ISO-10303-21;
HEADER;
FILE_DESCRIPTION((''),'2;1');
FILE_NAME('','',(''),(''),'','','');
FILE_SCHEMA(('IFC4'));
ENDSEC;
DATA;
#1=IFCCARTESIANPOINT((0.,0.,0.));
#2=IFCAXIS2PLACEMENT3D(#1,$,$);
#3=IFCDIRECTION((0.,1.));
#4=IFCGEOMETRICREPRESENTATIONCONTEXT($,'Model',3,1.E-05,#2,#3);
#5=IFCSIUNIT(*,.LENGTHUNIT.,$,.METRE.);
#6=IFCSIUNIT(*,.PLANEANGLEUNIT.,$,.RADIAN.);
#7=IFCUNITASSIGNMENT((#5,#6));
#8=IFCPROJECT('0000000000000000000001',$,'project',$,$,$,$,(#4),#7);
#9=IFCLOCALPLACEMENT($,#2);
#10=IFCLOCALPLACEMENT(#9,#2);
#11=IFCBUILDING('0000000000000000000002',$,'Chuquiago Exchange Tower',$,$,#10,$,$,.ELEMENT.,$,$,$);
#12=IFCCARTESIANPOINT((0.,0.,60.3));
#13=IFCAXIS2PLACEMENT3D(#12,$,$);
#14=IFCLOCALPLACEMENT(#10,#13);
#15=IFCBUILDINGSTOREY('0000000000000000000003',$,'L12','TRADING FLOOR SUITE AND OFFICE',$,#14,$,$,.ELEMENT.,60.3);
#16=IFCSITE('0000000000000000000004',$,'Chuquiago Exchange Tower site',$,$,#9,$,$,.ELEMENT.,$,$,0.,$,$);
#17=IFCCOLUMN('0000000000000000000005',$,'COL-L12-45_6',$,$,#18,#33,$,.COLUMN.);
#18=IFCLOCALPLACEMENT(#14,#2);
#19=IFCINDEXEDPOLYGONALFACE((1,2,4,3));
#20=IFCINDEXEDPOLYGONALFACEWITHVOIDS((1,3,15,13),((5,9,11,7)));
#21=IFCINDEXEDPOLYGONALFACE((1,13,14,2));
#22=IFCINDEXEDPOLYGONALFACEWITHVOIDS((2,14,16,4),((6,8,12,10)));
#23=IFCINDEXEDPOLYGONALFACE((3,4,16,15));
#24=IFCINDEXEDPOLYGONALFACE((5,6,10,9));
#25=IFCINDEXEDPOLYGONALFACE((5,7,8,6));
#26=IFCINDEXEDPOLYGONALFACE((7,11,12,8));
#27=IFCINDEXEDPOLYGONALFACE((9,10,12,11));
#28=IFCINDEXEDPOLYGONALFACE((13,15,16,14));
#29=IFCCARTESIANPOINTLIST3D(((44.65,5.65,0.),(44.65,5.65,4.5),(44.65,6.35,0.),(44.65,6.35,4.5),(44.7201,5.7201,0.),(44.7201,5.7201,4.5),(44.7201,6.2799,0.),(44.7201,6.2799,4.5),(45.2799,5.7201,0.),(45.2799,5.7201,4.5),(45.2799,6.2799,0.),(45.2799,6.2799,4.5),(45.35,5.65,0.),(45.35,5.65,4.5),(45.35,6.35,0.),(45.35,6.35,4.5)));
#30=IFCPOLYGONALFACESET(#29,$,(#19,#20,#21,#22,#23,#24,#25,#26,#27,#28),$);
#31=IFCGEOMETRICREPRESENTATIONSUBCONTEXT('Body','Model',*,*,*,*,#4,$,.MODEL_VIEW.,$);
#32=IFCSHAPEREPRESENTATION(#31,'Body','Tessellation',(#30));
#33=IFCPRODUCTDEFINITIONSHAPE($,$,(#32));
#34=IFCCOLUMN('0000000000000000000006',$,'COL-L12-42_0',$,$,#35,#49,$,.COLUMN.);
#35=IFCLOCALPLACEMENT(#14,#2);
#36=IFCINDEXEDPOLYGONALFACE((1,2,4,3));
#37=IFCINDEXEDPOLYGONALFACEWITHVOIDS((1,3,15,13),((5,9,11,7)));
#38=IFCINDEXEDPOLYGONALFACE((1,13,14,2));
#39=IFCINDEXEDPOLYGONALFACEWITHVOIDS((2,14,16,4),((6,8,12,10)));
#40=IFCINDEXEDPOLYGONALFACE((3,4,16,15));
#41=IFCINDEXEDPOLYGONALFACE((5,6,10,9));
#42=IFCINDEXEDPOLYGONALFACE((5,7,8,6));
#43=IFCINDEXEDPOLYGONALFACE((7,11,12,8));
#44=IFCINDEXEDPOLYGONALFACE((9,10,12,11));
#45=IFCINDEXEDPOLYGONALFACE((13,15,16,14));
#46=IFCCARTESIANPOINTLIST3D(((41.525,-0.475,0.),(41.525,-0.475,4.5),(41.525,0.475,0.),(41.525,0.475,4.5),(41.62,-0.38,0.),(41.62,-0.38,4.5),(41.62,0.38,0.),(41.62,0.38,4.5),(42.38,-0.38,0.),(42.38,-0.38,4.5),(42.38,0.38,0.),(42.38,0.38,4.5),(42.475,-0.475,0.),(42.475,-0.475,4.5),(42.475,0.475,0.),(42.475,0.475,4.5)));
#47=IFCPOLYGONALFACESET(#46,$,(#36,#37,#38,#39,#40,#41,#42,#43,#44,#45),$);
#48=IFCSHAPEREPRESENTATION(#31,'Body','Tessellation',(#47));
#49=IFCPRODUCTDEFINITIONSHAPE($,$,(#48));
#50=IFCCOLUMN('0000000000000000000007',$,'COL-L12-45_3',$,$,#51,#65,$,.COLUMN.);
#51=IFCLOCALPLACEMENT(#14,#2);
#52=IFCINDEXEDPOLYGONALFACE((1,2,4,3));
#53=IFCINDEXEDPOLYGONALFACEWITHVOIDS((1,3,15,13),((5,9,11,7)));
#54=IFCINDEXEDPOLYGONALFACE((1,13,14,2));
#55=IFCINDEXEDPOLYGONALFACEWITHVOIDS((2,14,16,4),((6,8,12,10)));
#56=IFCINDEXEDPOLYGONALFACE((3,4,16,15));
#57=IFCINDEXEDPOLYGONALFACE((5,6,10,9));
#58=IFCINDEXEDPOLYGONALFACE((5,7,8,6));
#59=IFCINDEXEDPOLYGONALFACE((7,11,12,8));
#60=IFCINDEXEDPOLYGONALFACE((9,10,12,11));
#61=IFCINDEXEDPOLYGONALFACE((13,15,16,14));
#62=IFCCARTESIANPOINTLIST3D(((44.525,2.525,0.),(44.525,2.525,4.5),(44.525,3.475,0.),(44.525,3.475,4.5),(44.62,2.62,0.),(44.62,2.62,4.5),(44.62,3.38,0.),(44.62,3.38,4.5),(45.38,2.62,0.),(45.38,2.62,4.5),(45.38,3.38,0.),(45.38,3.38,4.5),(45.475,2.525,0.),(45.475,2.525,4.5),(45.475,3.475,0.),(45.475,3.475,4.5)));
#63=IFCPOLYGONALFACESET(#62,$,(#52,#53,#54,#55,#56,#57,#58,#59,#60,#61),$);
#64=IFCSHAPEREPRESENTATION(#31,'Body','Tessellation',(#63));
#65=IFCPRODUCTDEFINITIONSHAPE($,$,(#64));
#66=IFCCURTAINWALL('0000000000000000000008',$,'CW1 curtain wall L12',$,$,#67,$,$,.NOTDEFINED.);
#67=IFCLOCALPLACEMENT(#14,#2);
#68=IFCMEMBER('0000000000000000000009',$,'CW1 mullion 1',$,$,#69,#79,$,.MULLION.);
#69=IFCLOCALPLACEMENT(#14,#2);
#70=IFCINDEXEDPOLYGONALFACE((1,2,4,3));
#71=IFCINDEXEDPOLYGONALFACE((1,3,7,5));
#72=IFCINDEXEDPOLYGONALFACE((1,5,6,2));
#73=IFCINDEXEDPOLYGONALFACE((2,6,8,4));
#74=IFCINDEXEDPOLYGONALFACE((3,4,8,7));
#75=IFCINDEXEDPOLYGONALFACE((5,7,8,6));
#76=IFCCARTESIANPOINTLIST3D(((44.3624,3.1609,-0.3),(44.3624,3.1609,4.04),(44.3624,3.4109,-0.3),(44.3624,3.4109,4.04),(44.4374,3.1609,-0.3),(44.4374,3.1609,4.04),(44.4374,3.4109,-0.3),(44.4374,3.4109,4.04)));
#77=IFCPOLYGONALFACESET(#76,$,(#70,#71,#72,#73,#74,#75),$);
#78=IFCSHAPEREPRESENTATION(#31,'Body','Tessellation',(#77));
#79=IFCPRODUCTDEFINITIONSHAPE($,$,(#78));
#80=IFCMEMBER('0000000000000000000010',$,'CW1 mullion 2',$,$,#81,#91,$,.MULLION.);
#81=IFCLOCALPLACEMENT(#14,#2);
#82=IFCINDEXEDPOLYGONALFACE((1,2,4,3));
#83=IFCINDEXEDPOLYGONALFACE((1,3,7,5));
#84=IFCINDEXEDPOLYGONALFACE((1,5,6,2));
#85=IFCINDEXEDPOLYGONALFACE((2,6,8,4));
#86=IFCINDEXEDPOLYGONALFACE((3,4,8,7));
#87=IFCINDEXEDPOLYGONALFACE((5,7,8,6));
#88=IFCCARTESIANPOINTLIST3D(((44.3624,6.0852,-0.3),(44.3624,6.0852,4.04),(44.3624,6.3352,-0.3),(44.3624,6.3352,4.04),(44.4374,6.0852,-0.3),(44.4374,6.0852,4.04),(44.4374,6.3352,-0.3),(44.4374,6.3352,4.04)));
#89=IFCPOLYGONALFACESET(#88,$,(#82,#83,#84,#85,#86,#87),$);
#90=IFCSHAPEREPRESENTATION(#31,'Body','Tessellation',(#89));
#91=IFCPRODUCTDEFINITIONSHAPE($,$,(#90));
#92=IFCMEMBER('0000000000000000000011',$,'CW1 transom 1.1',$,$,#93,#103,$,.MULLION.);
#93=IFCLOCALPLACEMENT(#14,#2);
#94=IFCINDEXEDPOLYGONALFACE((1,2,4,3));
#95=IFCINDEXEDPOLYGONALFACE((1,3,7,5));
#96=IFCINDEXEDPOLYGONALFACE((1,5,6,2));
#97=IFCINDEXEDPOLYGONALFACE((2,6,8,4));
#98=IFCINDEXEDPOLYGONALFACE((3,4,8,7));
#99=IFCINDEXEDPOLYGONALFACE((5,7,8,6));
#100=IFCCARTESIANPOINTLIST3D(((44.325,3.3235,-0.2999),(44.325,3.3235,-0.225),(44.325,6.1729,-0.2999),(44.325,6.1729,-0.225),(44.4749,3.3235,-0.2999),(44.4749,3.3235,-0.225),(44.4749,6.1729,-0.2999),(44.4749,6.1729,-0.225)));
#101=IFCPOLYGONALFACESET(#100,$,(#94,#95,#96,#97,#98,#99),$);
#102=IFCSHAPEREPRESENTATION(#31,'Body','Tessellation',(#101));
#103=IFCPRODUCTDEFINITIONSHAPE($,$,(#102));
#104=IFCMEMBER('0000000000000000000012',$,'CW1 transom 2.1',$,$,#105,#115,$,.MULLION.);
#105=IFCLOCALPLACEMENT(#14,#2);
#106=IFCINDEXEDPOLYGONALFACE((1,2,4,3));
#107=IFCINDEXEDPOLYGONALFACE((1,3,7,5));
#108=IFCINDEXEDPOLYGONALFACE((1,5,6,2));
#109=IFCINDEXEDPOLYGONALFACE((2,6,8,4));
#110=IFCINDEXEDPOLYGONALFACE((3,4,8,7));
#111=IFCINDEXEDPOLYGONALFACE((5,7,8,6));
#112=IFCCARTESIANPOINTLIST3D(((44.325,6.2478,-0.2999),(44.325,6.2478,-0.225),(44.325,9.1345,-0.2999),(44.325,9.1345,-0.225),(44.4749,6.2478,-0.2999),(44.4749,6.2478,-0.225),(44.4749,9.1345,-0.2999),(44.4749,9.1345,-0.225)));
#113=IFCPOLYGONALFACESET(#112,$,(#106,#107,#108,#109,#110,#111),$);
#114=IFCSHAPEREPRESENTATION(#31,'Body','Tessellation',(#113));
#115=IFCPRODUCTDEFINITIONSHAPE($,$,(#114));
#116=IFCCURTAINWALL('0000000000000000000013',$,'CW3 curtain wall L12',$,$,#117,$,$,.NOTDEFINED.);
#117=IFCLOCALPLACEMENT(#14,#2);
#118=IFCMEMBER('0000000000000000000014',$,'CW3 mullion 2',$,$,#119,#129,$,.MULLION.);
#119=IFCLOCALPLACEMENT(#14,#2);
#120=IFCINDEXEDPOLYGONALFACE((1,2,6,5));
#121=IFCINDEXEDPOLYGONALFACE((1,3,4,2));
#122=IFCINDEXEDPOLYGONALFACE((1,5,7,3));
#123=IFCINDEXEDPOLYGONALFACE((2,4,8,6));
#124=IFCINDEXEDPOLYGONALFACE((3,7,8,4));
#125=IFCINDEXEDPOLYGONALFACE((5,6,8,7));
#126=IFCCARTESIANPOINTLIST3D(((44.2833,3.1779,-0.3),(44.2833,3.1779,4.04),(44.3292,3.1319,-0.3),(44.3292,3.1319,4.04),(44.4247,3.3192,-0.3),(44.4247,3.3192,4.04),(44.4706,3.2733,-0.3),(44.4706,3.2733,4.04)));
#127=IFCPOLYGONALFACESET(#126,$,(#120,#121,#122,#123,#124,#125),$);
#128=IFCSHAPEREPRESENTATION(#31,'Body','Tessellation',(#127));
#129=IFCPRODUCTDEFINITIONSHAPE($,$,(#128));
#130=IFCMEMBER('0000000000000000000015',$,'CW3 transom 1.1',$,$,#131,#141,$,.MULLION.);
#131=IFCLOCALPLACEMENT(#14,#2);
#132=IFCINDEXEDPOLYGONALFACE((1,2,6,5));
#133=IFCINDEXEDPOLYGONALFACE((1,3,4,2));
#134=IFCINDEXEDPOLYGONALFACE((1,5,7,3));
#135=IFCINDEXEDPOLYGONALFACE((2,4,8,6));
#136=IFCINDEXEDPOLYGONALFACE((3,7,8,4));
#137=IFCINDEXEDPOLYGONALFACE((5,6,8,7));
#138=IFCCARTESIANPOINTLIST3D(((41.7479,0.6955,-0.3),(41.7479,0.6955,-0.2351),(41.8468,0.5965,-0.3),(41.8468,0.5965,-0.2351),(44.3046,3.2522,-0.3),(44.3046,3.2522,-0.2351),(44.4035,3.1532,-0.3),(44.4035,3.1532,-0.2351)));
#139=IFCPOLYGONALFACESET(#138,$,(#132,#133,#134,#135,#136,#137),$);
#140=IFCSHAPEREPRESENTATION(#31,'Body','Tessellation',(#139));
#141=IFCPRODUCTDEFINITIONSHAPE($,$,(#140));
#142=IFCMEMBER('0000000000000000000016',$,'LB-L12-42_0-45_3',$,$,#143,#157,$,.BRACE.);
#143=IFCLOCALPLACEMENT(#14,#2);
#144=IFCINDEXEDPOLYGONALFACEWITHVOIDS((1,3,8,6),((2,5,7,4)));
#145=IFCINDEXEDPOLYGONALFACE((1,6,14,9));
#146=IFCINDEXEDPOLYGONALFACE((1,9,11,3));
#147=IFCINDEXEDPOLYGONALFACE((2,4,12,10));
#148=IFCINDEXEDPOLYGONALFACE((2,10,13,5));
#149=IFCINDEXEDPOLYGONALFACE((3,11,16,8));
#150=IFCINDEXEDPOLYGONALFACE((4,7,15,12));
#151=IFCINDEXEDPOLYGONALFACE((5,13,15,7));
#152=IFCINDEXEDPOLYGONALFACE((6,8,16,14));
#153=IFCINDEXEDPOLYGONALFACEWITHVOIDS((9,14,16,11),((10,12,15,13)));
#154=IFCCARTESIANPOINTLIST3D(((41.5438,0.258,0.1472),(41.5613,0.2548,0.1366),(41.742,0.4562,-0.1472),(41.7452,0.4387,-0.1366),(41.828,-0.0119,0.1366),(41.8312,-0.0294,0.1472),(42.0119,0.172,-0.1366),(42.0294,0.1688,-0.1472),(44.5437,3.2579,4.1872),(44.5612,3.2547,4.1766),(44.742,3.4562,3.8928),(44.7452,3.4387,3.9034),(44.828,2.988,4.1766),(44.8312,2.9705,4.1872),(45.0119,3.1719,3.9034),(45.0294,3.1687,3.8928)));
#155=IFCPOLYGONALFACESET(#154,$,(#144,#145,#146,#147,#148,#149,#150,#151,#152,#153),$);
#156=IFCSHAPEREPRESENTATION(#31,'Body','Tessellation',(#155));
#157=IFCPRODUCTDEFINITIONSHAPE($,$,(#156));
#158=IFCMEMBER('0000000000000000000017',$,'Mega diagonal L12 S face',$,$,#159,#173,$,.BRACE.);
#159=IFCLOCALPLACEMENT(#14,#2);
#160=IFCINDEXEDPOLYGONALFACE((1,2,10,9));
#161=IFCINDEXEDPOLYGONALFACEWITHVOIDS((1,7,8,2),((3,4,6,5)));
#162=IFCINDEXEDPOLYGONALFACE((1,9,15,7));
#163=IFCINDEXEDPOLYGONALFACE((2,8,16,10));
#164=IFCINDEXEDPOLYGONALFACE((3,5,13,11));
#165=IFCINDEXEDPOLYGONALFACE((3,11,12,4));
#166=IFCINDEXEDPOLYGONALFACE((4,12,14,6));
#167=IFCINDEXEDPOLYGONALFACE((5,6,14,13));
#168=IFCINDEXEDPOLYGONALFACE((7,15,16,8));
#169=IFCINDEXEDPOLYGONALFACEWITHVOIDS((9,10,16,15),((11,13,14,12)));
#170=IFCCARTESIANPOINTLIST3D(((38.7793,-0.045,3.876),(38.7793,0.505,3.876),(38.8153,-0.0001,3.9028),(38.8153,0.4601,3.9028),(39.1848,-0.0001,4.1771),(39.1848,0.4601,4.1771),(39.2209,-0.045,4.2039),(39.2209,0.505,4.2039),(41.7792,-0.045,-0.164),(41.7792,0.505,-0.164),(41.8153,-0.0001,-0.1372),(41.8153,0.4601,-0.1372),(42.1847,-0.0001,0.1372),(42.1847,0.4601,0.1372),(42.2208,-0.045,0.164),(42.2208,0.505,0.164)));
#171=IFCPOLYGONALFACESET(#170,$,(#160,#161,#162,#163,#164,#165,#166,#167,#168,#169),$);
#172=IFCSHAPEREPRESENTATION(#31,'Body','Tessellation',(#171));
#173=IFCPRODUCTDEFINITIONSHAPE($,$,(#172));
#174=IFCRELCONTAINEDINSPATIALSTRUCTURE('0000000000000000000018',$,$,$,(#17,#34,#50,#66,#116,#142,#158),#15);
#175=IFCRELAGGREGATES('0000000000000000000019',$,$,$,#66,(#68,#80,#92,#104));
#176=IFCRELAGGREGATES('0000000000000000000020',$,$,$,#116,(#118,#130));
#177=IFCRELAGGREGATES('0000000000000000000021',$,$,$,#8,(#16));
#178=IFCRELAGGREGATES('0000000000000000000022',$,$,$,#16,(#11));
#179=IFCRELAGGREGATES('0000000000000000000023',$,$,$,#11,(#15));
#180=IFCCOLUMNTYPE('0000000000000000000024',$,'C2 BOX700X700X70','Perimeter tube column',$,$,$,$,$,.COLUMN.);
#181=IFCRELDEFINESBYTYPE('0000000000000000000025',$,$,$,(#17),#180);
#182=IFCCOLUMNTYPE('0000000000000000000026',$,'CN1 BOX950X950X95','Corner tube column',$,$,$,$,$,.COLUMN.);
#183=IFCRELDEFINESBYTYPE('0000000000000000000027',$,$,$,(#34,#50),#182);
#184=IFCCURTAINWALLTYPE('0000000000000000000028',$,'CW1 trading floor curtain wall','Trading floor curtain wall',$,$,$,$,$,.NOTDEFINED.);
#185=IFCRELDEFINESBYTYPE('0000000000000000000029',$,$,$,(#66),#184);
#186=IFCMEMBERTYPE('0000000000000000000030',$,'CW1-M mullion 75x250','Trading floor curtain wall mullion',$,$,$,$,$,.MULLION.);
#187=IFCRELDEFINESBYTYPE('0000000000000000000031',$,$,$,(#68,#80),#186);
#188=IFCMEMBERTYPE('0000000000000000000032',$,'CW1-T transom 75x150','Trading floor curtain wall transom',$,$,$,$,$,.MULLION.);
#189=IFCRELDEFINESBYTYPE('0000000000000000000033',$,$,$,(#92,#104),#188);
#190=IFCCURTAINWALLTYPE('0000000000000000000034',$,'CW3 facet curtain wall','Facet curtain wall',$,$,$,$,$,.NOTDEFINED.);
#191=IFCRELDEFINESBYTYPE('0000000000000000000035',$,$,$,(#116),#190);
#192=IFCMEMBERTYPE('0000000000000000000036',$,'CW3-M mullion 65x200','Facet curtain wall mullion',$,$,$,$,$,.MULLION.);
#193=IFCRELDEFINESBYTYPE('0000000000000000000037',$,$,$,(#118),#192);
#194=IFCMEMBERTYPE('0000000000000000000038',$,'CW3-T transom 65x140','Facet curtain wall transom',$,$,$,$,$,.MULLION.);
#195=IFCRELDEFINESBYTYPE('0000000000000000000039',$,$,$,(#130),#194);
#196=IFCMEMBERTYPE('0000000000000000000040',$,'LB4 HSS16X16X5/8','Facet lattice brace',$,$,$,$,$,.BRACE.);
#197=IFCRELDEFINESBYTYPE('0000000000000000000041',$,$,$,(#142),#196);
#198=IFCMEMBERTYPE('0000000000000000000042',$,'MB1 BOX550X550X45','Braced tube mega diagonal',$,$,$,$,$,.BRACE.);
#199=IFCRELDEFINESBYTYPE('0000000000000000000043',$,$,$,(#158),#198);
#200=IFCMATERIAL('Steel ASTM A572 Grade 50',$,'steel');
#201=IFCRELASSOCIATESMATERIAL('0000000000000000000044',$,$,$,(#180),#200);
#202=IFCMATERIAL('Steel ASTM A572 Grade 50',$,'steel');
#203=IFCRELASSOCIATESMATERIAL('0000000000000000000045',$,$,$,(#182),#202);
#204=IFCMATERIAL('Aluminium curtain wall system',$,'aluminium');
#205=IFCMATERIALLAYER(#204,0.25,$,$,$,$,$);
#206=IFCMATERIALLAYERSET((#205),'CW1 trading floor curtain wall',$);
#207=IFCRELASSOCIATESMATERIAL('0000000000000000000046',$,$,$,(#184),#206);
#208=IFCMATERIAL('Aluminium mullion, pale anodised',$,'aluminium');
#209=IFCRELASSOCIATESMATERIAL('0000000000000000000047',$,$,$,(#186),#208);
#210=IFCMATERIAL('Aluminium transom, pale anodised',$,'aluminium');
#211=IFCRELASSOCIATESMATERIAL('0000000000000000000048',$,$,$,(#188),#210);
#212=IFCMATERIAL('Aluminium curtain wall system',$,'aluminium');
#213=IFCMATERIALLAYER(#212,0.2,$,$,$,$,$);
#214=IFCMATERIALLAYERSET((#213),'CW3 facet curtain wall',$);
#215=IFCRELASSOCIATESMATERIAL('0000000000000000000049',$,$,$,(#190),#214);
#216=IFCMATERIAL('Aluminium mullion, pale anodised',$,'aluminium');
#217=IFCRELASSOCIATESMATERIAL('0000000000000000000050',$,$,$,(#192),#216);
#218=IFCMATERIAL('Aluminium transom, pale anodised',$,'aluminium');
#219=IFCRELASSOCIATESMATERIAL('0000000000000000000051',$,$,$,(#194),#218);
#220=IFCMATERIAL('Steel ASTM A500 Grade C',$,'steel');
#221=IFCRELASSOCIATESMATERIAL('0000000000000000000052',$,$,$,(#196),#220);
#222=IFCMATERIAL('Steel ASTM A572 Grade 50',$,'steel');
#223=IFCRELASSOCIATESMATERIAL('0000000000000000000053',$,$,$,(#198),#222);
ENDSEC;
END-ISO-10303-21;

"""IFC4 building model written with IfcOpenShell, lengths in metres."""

from ifc_helpers import new_model, si_unit, direction, frame, origin, origin_2d, place, context, subcontext, project, spatial, rectangle, hollow_rectangle, extrude, material, layer, layer_set, material_profile, profile_set, type_object, element, aggregate, save


model = new_model("IFC4")

# Units and contexts
model_context = context("Model", 3, precision=1e-05, world=origin(), true_north=direction((0.0, 1.0)))
body_context = subcontext(model_context, "Body", "Model", "MODEL_VIEW")
ifc_project = project(units=[si_unit("LENGTHUNIT", "METRE"), si_unit("PLANEANGLEUNIT", "RADIAN")], contexts=[model_context])

# Site, building, storey
site_placement = place(None, origin())
site = spatial("IfcSite", under=ifc_project, at=site_placement, Name="Chuquiago Exchange Tower site", CompositionType="ELEMENT", RefElevation=0.0)
building_placement = place(site_placement, origin())
building = spatial("IfcBuilding", under=site, at=building_placement, Name="Chuquiago Exchange Tower", CompositionType="ELEMENT")
storey_placement = place(building_placement, frame((0.0, 0.0, 60.3)))
storey = spatial("IfcBuildingStorey", under=building, at=storey_placement, Name="L12", Description="TRADING FLOOR SUITE AND OFFICE", CompositionType="ELEMENT", Elevation=60.3)

# Columns
ifc_material_1 = material(Name="Steel ASTM A572 Grade 50", Category="steel")
ifc_material_profile_1 = material_profile(ifc_material_1, hollow_rectangle(XDim=0.7, YDim=0.7, WallThickness=0.0701, at=origin_2d()), Name="BOX700X700X70")
ifc_profile_set_1 = profile_set([ifc_material_profile_1], Name="Steel ASTM A572 Grade 50")
column_type_1 = type_object("IfcColumnType", Name="C2 BOX700X700X70", Description="Perimeter tube column", PredefinedType="COLUMN", material=ifc_profile_set_1)
column_placement = place(storey_placement, frame((45.0, 6.0, 0.0), z_axis=(0.0, 0.0, 1.0), x_axis=(1.0, 0.0, 0.0)))
element("IfcColumn", 1, at=column_placement, inside=storey, type_object=column_type_1, Name="COL-L12-45_6", PredefinedType="COLUMN", context=body_context, shape_type="SweptSolid", body=[
    extrude(hollow_rectangle(XDim=0.7, YDim=0.7, WallThickness=0.0701, at=origin_2d()), origin(), (0.0, 0.0, 1.0), 4.5),
])
ifc_material_2 = material(Name="Steel ASTM A572 Grade 50", Category="steel")
ifc_material_profile_2 = material_profile(ifc_material_2, hollow_rectangle(XDim=0.95, YDim=0.95, WallThickness=0.095, at=origin_2d()), Name="BOX950X950X95")
ifc_profile_set_2 = profile_set([ifc_material_profile_2], Name="Steel ASTM A572 Grade 50")
column_type_2 = type_object("IfcColumnType", Name="CN1 BOX950X950X95", Description="Corner tube column", PredefinedType="COLUMN", material=ifc_profile_set_2)
for number, where, z_axis, x_axis, name in (
    (2, (42.0, 0.0, 0.0), (0.0, 0.0, 1.0), (0.0, -1.0, 0.0), "COL-L12-42_0"),
    (3, (45.0, 3.0, 0.0), (0.0, 0.0, 1.0), (1.0, 0.0, 0.0), "COL-L12-45_3"),
):
    element("IfcColumn", number, at=place(storey_placement, frame(where, z_axis=z_axis, x_axis=x_axis)), inside=storey, type_object=column_type_2, Name=name, PredefinedType="COLUMN", context=body_context, shape_type="SweptSolid", body=[
        extrude(hollow_rectangle(XDim=0.95, YDim=0.95, WallThickness=0.095, at=origin_2d()), origin(), (0.0, 0.0, 1.0), 4.5),
    ])

# Curtain walls, members
ifc_material_3 = material(Name="Aluminium curtain wall system", Category="aluminium")
ifc_layer_1 = layer(ifc_material_3, 0.25)
ifc_layer_set_1 = layer_set([ifc_layer_1], Name="CW1 trading floor curtain wall")
curtain_wall_type_1 = type_object("IfcCurtainWallType", Name="CW1 trading floor curtain wall", Description="Trading floor curtain wall", PredefinedType="NOTDEFINED", material=ifc_layer_set_1)
curtain_wall_1_placement = place(storey_placement, origin())
curtain_wall_1 = element("IfcCurtainWall", 4, at=curtain_wall_1_placement, inside=storey, type_object=curtain_wall_type_1, Name="CW1 curtain wall L12", PredefinedType="NOTDEFINED")
ifc_material_4 = material(Name="Aluminium mullion, pale anodised", Category="aluminium")
ifc_material_profile_3 = material_profile(ifc_material_4, rectangle(XDim=0.075, YDim=0.25, at=origin_2d()), Name="AL 75x250")
ifc_profile_set_3 = profile_set([ifc_material_profile_3], Name="Aluminium mullion, pale anodised")
member_type_1 = type_object("IfcMemberType", Name="CW1-M mullion 75x250", Description="Trading floor curtain wall mullion", PredefinedType="MULLION", material=ifc_profile_set_3)
member_1_placement = place(storey_placement, frame((44.3999, 3.2859, -0.3), z_axis=(0.0, 0.0, 1.0), x_axis=(-1.0, 0.0, 0.0)))
member_1 = element("IfcMember", 5, at=member_1_placement, type_object=member_type_1, Name="CW1 mullion 1", PredefinedType="MULLION", context=body_context, shape_type="SweptSolid", body=[
    extrude(rectangle(XDim=0.075, YDim=0.25, at=origin_2d()), origin(), (0.0, 0.0, 1.0), 4.3401),
])
member_2_placement = place(storey_placement, frame((44.3999, 6.2102, -0.3), z_axis=(0.0, 0.0, 1.0), x_axis=(-1.0, 0.0, 0.0)))
member_2 = element("IfcMember", 6, at=member_2_placement, type_object=member_type_1, Name="CW1 mullion 2", PredefinedType="MULLION", context=body_context, shape_type="SweptSolid", body=[
    extrude(rectangle(XDim=0.075, YDim=0.25, at=origin_2d()), origin(), (0.0, 0.0, 1.0), 4.3401),
])
ifc_material_5 = material(Name="Aluminium transom, pale anodised", Category="aluminium")
ifc_material_profile_4 = material_profile(ifc_material_5, rectangle(XDim=0.1499, YDim=0.075, at=origin_2d()), Name="AL 150x75")
ifc_profile_set_4 = profile_set([ifc_material_profile_4], Name="Aluminium transom, pale anodised")
member_type_2 = type_object("IfcMemberType", Name="CW1-T transom 75x150", Description="Trading floor curtain wall transom", PredefinedType="MULLION", material=ifc_profile_set_4)
member_3_placement = place(storey_placement, frame((44.3999, 3.3235, -0.2625), z_axis=(0.0, 1.0, 0.0), x_axis=(-1.0, 0.0, 0.0)))
member_3 = element("IfcMember", 7, at=member_3_placement, type_object=member_type_2, Name="CW1 transom 1.1", PredefinedType="MULLION", context=body_context, shape_type="SweptSolid", body=[
    extrude(rectangle(XDim=0.1499, YDim=0.075, at=origin_2d()), origin(), (0.0, 0.0, 1.0), 2.8494),
])
member_4_placement = place(storey_placement, frame((44.3999, 6.2478, -0.2625), z_axis=(0.0, 1.0, 0.0), x_axis=(-1.0, 0.0, 0.0)))
member_4 = element("IfcMember", 8, at=member_4_placement, type_object=member_type_2, Name="CW1 transom 2.1", PredefinedType="MULLION", context=body_context, shape_type="SweptSolid", body=[
    extrude(rectangle(XDim=0.1499, YDim=0.075, at=origin_2d()), origin(), (0.0, 0.0, 1.0), 2.8867),
])
ifc_material_6 = material(Name="Aluminium curtain wall system", Category="aluminium")
ifc_layer_2 = layer(ifc_material_6, 0.2)
ifc_layer_set_2 = layer_set([ifc_layer_2], Name="CW3 facet curtain wall")
curtain_wall_type_2 = type_object("IfcCurtainWallType", Name="CW3 facet curtain wall", Description="Facet curtain wall", PredefinedType="NOTDEFINED", material=ifc_layer_set_2)
curtain_wall_2_placement = place(storey_placement, origin())
curtain_wall_2 = element("IfcCurtainWall", 9, at=curtain_wall_2_placement, inside=storey, type_object=curtain_wall_type_2, Name="CW3 curtain wall L12", PredefinedType="NOTDEFINED")
ifc_material_7 = material(Name="Aluminium mullion, pale anodised", Category="aluminium")
ifc_material_profile_5 = material_profile(ifc_material_7, rectangle(XDim=0.0649, YDim=0.2, at=origin_2d()), Name="AL 65x200")
ifc_profile_set_5 = profile_set([ifc_material_profile_5], Name="Aluminium mullion, pale anodised")
member_type_3 = type_object("IfcMemberType", Name="CW3-M mullion 65x200", Description="Facet curtain wall mullion", PredefinedType="MULLION", material=ifc_profile_set_5)
member_5_placement = place(storey_placement, frame((44.377, 3.2256, -0.3), z_axis=(0.0, 0.0, 1.0), x_axis=(-0.707107, 0.707107, 0.0)))
member_5 = element("IfcMember", 10, at=member_5_placement, type_object=member_type_3, Name="CW3 mullion 2", PredefinedType="MULLION", context=body_context, shape_type="SweptSolid", body=[
    extrude(rectangle(XDim=0.0649, YDim=0.2, at=origin_2d()), origin(), (0.0, 0.0, 1.0), 4.3401),
])
ifc_material_8 = material(Name="Aluminium transom, pale anodised", Category="aluminium")
ifc_material_profile_6 = material_profile(ifc_material_8, rectangle(XDim=0.1399, YDim=0.0649, at=origin_2d()), Name="AL 140x65")
ifc_profile_set_6 = profile_set([ifc_material_profile_6], Name="Aluminium transom, pale anodised")
member_type_4 = type_object("IfcMemberType", Name="CW3-T transom 65x140", Description="Facet curtain wall transom", PredefinedType="MULLION", material=ifc_profile_set_6)
member_6_placement = place(storey_placement, frame((41.7974, 0.646, -0.2676), z_axis=(0.707107, 0.707107, 0.0), x_axis=(-0.707107, 0.707107, 0.0)))
member_6 = element("IfcMember", 11, at=member_6_placement, type_object=member_type_4, Name="CW3 transom 1.1", PredefinedType="MULLION", context=body_context, shape_type="SweptSolid", body=[
    extrude(rectangle(XDim=0.1399, YDim=0.0649, at=origin_2d()), origin(), (0.0, 0.0, 1.0), 3.6157),
])

# Members
ifc_material_9 = material(Name="Steel ASTM A500 Grade C", Category="steel")
ifc_material_profile_7 = material_profile(ifc_material_9, hollow_rectangle(XDim=0.4065, YDim=0.4065, WallThickness=0.0146, at=origin_2d()), Name="HSS16X16X5/8")
ifc_profile_set_7 = profile_set([ifc_material_profile_7], Name="Steel ASTM A500 Grade C")
member_type_5 = type_object("IfcMemberType", Name="LB4 HSS16X16X5/8", Description="Facet lattice brace", PredefinedType="BRACE", material=ifc_profile_set_7)
member_7_placement = place(storey_placement, frame((41.7866, 0.2134, 0.0), z_axis=(0.512077, 0.512077, 0.689604), x_axis=(-0.707107, 0.707107, 0.0)))
element("IfcMember", 12, at=member_7_placement, inside=storey, type_object=member_type_5, Name="LB-L12-42_0-45_3", PredefinedType="BRACE", context=body_context, shape_type="SweptSolid", body=[
    extrude(hollow_rectangle(XDim=0.4065, YDim=0.4065, WallThickness=0.0146, at=origin_2d()), origin(), (0.0, 0.0, 1.0), 5.8584),
])
ifc_material_10 = material(Name="Steel ASTM A572 Grade 50", Category="steel")
ifc_material_profile_8 = material_profile(ifc_material_10, hollow_rectangle(XDim=0.55, YDim=0.55, WallThickness=0.0449, at=origin_2d()), Name="BOX550X550X45")
ifc_profile_set_8 = profile_set([ifc_material_profile_8], Name="Steel ASTM A572 Grade 50")
member_type_6 = type_object("IfcMemberType", Name="MB1 BOX550X550X45", Description="Braced tube mega diagonal", PredefinedType="BRACE", material=ifc_profile_set_8)
for number, where, z_axis, x_axis, name in (
    (13, (42.0, 0.23, 0.0), (-0.596174, 0.0, 0.802855), (0.0, -1.0, 0.0), "Mega diagonal L12 S face"),
):
    element("IfcMember", number, at=place(storey_placement, frame(where, z_axis=z_axis, x_axis=x_axis)), inside=storey, type_object=member_type_6, Name=name, PredefinedType="BRACE", context=body_context, shape_type="SweptSolid", body=[
        extrude(hollow_rectangle(XDim=0.55, YDim=0.55, WallThickness=0.0449, at=origin_2d()), origin(), (0.0, 0.0, 1.0), 5.032),
    ])

aggregate(curtain_wall_1, [member_1, member_2, member_3, member_4])
aggregate(curtain_wall_2, [member_5, member_6])

save(model, "model.ifc")
